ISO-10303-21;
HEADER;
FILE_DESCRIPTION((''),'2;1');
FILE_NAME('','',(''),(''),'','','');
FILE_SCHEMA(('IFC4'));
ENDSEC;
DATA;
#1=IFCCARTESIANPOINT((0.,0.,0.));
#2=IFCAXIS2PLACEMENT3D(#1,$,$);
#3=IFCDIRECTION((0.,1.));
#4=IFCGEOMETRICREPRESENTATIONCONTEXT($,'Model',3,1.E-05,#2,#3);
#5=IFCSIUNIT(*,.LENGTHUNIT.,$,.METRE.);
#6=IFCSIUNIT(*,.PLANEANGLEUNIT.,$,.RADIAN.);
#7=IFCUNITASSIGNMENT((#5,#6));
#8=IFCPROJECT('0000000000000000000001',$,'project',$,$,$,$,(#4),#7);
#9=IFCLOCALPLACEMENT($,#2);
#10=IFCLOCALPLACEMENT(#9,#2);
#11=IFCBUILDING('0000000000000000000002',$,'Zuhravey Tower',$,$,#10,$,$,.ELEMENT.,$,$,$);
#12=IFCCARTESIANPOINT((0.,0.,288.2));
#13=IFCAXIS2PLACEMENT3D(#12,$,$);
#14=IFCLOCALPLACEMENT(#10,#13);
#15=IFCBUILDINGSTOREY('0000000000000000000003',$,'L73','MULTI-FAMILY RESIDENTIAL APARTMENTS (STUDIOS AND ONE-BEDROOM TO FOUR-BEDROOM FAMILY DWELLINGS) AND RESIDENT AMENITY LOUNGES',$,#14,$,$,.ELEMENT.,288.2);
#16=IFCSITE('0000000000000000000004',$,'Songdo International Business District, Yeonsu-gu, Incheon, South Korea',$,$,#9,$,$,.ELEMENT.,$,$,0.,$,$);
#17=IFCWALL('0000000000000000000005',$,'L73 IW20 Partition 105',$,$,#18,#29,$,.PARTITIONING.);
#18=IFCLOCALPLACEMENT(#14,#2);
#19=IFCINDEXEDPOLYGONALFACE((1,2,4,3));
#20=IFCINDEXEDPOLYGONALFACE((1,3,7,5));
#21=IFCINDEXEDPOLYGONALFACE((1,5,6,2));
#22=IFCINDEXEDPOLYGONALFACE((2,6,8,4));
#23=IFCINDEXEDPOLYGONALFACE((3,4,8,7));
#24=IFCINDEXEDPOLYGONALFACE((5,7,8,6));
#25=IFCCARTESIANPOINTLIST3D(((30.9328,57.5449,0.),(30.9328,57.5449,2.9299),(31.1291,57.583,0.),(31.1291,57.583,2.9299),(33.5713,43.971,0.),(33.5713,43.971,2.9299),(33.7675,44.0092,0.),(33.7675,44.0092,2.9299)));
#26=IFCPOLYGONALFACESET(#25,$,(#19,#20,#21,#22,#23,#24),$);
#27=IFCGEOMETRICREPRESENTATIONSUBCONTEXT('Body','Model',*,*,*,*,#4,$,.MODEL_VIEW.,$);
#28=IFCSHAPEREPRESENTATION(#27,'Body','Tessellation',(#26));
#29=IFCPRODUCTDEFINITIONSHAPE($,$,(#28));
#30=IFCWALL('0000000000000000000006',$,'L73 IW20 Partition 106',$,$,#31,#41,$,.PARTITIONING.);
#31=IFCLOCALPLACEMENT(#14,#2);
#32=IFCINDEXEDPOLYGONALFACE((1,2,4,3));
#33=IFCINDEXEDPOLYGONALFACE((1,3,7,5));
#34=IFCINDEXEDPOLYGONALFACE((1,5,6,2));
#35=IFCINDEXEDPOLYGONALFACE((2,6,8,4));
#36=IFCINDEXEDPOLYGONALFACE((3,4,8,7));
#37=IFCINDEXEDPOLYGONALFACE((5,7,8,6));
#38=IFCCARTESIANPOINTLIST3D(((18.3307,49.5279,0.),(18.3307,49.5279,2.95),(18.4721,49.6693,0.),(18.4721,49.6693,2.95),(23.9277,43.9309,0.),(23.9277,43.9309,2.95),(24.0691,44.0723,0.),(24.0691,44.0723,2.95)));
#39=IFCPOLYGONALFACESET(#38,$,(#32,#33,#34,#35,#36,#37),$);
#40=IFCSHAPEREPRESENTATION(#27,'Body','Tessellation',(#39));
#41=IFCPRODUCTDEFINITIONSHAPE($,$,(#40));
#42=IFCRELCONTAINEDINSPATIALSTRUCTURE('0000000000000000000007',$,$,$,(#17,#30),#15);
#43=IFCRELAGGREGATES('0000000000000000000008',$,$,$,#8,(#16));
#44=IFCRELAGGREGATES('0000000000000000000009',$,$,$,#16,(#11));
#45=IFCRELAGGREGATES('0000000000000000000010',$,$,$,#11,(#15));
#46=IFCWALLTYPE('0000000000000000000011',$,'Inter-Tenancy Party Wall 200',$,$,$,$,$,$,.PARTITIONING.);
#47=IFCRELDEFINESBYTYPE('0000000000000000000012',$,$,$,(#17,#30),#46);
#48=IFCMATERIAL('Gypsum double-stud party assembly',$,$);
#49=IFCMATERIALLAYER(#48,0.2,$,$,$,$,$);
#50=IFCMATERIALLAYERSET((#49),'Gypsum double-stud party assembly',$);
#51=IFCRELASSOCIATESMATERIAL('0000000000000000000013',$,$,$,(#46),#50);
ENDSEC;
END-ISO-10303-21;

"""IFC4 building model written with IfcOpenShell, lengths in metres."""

from ifc_helpers import new_model, si_unit, direction, frame, frame_2d, origin, place, context, subcontext, project, spatial, rectangle, extrude, material, layer, layer_set, type_object, element, save


model = new_model("IFC4")

# Units and contexts
model_context = context("Model", 3, precision=1e-05, world=origin(), true_north=direction((0.0, 1.0)))
body_context = subcontext(model_context, "Body", "Model", "MODEL_VIEW")
ifc_project = project(units=[si_unit("LENGTHUNIT", "METRE"), si_unit("PLANEANGLEUNIT", "RADIAN")], contexts=[model_context])

# Site, building, storey
site_placement = place(None, origin())
site = spatial("IfcSite", under=ifc_project, at=site_placement, Name="Songdo International Business District, Yeonsu-gu, Incheon, South Korea", CompositionType="ELEMENT", RefElevation=0.0)
building_placement = place(site_placement, origin())
building = spatial("IfcBuilding", under=site, at=building_placement, Name="Zuhravey Tower", CompositionType="ELEMENT")
storey_placement = place(building_placement, frame((0.0, 0.0, 288.2)))
storey = spatial("IfcBuildingStorey", under=building, at=storey_placement, Name="L73", Description="MULTI-FAMILY RESIDENTIAL APARTMENTS (STUDIOS AND ONE-BEDROOM TO FOUR-BEDROOM FAMILY DWELLINGS) AND RESIDENT AMENITY LOUNGES", CompositionType="ELEMENT", Elevation=288.2)

# Walls
ifc_material_1 = material(Name="Gypsum double-stud party assembly")
ifc_layer_1 = layer(ifc_material_1, 0.2)
ifc_layer_set_1 = layer_set([ifc_layer_1], Name="Gypsum double-stud party assembly")
wall_type_1 = type_object("IfcWallType", Name="Inter-Tenancy Party Wall 200", PredefinedType="PARTITIONING", material=ifc_layer_set_1)
wall_1_placement = place(storey_placement, frame((33.6694, 43.99, 0.0), z_axis=(0.0, 0.0, 1.0), x_axis=(-0.190806, 0.981628, 0.0)))
element("IfcWall", 1, at=wall_1_placement, inside=storey, type_object=wall_type_1, Name="L73 IW20 Partition 105", PredefinedType="PARTITIONING", context=body_context, shape_type="SweptSolid", body=[
    extrude(rectangle(XDim=13.8279, YDim=0.2, at=frame_2d((6.9141, 0.0))), origin(), (0.0, 0.0, 1.0), 2.9299),
])
wall_2_placement = place(storey_placement, frame((23.9983, 44.0017, 0.0), z_axis=(0.0, 0.0, 1.0), x_axis=(-0.707107, 0.707107, 0.0)))
element("IfcWall", 2, at=wall_2_placement, inside=storey, type_object=wall_type_1, Name="L73 IW20 Partition 106", PredefinedType="PARTITIONING", context=body_context, shape_type="SweptSolid", body=[
    extrude(rectangle(XDim=7.9153, YDim=0.2, at=frame_2d((3.9575, 0.0))), origin(), (0.0, 0.0, 1.0), 2.95),
])

save(model, "model.ifc")
